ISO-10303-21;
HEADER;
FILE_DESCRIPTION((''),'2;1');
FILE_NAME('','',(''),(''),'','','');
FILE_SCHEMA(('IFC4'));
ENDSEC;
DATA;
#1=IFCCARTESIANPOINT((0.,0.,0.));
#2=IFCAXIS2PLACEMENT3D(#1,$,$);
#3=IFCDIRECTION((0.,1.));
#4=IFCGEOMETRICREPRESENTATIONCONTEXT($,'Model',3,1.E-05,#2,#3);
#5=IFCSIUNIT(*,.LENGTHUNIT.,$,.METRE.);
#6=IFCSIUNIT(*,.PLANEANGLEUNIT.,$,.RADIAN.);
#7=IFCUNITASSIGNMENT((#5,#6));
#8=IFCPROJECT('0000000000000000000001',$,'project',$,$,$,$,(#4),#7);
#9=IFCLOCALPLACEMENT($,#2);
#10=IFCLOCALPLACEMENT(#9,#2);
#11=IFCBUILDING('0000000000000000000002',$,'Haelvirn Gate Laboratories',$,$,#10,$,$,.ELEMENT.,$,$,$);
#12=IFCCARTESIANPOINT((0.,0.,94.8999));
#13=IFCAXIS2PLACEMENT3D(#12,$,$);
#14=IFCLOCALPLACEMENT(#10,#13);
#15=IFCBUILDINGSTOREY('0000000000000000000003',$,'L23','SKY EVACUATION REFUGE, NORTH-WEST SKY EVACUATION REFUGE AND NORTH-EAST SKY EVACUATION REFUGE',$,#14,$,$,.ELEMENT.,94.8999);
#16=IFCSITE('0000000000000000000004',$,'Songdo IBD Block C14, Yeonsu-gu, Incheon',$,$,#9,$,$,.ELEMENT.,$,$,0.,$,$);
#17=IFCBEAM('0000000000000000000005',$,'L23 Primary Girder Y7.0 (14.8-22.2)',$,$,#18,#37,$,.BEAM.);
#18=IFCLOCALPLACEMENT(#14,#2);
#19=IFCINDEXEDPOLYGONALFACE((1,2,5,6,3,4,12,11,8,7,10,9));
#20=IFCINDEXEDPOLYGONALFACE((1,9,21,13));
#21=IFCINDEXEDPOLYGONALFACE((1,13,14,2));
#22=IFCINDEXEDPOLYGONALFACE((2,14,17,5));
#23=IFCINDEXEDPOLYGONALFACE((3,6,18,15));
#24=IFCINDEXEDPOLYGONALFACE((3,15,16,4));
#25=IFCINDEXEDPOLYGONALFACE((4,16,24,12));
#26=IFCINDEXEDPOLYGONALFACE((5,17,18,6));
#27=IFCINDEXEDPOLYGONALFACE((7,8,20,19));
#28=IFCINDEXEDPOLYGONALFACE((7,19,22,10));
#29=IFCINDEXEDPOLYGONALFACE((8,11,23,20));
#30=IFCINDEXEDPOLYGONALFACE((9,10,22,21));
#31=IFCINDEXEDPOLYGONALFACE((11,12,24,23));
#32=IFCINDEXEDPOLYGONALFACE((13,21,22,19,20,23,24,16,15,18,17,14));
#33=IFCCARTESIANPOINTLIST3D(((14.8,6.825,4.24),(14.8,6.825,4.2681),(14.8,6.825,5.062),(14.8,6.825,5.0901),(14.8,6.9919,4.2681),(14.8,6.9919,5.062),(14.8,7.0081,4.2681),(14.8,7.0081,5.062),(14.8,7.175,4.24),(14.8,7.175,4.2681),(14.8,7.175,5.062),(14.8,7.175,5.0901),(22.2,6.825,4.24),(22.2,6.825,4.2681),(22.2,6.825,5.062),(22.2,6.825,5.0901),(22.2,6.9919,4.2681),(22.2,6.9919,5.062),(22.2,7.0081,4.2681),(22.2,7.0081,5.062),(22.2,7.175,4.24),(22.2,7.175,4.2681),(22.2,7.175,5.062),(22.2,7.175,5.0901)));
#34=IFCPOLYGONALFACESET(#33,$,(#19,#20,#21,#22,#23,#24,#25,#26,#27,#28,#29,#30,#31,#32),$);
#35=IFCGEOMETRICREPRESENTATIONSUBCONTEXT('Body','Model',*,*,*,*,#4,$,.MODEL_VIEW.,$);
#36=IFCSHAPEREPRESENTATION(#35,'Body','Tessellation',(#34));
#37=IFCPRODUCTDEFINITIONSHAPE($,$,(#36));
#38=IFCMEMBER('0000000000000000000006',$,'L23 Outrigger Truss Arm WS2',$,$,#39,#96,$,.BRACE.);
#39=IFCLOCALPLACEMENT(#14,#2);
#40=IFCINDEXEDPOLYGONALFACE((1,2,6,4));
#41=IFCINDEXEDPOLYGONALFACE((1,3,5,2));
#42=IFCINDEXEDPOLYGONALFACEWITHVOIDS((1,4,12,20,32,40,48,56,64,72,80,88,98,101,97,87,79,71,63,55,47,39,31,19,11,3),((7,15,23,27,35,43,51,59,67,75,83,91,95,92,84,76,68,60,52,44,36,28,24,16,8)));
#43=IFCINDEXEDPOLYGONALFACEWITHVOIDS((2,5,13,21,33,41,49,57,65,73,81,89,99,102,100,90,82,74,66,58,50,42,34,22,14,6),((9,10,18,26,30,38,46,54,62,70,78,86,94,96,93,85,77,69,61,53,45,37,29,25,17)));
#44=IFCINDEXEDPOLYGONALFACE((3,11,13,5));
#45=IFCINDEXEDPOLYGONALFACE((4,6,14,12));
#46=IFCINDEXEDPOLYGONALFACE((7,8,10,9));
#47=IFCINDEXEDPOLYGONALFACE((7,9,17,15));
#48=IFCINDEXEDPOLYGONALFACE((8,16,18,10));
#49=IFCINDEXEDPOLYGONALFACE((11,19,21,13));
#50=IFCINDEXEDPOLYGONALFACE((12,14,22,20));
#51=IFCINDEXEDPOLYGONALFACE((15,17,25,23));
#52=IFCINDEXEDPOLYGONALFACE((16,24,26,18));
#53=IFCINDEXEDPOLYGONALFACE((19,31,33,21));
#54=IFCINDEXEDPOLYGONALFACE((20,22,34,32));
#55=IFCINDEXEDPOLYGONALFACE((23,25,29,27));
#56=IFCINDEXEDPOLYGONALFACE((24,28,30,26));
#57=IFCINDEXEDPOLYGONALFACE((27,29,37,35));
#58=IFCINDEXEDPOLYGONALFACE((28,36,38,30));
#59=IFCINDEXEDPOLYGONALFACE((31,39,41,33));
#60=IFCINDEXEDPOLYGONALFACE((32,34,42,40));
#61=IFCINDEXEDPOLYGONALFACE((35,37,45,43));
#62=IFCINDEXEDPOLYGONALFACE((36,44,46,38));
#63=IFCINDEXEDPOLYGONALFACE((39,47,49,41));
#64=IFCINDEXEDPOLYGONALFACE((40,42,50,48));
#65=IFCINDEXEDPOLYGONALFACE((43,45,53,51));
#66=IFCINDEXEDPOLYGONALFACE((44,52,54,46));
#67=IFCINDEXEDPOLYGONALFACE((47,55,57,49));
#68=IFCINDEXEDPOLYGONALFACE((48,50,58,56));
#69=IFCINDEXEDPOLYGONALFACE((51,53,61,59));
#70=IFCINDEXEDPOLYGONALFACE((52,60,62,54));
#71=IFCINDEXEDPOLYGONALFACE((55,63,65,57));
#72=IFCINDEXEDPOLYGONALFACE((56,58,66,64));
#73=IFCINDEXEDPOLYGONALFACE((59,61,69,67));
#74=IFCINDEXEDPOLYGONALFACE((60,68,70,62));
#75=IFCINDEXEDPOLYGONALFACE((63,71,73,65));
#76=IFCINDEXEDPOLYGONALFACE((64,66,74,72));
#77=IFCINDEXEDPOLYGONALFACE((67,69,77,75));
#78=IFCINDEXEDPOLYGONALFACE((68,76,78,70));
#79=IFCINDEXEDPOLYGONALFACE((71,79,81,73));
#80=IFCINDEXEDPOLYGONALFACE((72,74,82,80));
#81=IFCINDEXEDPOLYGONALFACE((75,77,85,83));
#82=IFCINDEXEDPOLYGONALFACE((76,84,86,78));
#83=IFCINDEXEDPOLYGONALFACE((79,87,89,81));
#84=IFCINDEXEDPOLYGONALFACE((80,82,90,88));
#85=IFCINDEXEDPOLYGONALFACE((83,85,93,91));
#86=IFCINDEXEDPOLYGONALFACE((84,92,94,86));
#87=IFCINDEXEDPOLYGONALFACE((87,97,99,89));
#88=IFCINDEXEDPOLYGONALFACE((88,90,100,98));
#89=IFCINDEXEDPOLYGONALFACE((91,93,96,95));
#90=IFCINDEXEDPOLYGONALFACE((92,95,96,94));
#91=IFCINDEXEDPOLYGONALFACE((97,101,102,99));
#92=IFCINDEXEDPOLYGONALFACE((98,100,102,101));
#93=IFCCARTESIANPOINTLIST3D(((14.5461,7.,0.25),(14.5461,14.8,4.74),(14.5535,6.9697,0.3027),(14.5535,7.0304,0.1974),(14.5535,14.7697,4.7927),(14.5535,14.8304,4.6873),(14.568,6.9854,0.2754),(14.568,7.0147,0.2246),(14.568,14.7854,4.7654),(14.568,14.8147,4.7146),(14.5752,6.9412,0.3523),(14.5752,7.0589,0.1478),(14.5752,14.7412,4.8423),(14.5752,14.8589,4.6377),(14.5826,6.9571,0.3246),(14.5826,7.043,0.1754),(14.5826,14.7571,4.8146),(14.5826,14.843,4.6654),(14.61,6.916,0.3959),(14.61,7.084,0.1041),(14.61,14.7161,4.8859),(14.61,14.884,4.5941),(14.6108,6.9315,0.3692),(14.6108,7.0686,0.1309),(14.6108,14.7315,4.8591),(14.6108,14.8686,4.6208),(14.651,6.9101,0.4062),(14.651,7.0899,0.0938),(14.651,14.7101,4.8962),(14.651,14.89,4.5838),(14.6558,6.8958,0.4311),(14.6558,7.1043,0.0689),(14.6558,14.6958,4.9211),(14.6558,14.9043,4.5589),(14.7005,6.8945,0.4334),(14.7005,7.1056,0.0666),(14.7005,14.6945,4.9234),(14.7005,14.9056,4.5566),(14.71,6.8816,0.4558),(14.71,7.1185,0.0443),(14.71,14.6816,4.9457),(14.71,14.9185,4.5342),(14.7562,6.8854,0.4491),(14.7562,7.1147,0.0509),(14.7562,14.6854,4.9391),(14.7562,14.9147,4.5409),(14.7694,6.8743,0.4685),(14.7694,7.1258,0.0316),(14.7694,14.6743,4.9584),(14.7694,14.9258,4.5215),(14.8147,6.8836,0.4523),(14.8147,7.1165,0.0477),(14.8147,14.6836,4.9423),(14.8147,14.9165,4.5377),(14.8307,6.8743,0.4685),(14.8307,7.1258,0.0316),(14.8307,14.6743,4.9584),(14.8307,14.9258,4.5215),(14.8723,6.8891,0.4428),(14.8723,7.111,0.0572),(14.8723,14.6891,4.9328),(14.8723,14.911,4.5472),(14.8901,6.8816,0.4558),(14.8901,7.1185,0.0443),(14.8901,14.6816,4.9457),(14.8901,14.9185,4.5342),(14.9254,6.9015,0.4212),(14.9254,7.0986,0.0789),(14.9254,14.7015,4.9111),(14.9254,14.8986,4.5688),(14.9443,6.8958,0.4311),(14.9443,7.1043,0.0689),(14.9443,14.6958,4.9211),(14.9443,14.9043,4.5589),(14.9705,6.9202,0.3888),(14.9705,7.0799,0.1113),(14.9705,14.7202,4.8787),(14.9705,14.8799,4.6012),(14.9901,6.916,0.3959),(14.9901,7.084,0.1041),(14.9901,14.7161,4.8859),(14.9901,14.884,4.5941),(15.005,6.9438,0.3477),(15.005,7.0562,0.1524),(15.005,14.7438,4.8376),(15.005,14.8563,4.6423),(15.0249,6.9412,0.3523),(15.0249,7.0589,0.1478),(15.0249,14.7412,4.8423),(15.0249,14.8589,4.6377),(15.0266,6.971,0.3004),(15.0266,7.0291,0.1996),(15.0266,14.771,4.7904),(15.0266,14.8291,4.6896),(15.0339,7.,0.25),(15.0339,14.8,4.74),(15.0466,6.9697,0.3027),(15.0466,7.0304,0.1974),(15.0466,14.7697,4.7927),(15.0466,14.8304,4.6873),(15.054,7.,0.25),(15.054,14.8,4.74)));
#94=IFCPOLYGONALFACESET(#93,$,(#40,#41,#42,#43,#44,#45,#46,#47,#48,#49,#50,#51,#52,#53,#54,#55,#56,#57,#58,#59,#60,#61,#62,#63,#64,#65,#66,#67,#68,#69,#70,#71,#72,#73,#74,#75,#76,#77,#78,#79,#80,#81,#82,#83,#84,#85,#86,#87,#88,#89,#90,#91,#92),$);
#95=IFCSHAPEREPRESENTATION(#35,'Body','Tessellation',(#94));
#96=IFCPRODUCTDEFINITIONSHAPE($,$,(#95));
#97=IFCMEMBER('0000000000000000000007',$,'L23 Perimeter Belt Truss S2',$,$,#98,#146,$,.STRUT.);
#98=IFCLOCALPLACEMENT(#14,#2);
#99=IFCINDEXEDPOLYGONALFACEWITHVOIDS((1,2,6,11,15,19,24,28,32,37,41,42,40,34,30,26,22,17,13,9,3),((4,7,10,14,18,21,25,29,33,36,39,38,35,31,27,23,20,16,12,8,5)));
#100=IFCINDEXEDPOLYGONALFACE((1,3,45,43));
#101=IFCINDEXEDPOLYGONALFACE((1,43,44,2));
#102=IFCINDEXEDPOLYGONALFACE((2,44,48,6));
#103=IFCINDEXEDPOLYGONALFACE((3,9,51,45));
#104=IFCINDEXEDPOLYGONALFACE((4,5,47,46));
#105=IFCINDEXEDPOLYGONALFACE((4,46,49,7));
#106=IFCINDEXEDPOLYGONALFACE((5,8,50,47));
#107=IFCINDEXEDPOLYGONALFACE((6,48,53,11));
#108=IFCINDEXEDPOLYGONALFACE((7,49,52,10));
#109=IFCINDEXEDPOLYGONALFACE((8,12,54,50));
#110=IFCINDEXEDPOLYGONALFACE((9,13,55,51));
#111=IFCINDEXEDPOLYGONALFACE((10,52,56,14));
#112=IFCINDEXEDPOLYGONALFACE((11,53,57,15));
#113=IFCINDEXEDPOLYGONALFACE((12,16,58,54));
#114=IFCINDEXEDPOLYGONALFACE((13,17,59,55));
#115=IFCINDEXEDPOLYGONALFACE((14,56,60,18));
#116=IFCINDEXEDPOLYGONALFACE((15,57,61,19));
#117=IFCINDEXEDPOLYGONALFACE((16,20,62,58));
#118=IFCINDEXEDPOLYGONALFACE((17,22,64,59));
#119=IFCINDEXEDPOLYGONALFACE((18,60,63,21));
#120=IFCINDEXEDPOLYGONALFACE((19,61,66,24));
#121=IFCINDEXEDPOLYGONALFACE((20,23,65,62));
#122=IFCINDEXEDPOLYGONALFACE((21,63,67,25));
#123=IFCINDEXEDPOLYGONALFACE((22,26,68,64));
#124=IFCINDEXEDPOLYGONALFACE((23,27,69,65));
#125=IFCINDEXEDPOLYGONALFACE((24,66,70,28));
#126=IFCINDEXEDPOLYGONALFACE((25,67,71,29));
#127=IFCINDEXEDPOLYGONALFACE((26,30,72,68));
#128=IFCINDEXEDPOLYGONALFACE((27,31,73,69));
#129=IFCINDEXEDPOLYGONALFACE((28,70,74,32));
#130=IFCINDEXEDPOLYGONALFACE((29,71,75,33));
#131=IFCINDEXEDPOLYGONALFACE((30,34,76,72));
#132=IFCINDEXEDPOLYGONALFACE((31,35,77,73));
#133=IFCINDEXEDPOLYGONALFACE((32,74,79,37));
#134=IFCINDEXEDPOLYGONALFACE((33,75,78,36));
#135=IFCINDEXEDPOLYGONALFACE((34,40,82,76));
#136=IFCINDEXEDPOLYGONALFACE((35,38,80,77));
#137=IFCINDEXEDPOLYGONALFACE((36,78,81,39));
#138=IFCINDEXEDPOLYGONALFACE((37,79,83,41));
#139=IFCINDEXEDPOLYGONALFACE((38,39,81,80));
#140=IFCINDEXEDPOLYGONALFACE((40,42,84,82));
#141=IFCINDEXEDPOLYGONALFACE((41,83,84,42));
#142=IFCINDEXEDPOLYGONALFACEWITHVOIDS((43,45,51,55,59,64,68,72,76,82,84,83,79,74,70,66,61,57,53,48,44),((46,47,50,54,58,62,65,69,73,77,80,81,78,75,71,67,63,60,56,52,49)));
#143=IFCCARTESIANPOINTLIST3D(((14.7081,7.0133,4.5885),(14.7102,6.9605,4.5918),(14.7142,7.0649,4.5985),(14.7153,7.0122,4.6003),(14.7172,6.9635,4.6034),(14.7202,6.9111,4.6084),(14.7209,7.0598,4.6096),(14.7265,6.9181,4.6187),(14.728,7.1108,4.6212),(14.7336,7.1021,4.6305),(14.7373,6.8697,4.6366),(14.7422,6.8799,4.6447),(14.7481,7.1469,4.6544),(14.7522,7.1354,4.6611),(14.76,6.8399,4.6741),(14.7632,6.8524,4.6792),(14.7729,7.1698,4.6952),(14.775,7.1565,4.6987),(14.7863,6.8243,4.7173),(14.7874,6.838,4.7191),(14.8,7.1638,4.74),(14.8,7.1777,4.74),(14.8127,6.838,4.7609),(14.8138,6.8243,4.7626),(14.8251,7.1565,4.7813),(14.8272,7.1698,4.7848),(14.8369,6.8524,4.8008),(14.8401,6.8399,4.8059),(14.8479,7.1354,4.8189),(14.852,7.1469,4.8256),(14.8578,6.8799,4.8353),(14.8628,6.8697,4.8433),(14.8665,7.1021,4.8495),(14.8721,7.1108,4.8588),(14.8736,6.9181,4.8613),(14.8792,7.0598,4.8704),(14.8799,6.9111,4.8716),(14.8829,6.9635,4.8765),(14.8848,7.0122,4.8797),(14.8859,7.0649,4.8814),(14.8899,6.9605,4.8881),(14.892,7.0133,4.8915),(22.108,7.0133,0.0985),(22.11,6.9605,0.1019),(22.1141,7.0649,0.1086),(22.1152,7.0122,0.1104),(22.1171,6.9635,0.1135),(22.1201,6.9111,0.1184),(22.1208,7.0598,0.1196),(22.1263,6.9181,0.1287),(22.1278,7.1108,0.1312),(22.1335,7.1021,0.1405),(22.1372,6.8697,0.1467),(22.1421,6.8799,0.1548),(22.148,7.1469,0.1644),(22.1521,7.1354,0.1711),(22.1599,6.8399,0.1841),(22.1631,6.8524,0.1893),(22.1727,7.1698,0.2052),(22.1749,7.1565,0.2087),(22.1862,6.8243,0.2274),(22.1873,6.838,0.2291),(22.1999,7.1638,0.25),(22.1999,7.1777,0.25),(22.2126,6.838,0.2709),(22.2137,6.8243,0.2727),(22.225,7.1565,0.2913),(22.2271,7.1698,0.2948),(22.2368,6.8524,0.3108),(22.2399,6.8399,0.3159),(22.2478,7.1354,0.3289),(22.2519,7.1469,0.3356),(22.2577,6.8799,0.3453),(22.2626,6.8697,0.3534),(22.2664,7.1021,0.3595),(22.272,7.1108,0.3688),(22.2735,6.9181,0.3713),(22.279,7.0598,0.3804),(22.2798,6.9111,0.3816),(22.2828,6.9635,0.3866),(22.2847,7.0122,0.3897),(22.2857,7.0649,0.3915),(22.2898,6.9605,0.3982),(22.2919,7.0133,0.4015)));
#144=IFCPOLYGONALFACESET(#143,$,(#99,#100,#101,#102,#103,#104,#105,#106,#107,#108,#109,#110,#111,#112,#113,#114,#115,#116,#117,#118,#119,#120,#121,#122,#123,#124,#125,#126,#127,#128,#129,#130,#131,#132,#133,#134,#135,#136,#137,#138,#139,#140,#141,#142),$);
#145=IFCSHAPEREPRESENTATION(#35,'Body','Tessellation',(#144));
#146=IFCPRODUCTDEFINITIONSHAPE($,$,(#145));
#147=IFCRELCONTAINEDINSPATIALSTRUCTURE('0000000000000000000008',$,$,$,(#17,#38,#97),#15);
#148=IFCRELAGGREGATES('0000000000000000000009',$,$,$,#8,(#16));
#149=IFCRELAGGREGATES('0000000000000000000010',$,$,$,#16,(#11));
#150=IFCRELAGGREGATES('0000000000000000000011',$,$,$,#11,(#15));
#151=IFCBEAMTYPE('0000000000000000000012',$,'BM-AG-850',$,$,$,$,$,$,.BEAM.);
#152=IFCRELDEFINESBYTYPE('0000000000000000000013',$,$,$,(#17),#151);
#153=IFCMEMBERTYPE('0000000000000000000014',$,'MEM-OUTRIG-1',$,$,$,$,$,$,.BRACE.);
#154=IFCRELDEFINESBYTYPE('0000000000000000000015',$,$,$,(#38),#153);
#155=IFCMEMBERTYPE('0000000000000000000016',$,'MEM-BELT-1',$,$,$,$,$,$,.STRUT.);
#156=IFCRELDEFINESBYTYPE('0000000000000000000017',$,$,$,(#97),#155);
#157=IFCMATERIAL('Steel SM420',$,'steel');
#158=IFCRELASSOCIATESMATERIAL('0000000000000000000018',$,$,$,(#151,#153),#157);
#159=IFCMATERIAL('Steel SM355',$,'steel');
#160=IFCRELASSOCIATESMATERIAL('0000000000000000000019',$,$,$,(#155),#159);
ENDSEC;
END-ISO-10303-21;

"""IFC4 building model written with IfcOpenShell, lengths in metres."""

from ifc_helpers import new_model, si_unit, direction, frame, origin, origin_2d, place, context, subcontext, project, spatial, hollow_circle, i_section, extrude, source, transform, mapped, material, material_profile, profile_set, type_object, type_shapes, element, save


model = new_model("IFC4")

# Units and contexts
model_context = context("Model", 3, precision=1e-05, world=origin(), true_north=direction((0.0, 1.0)))
body_context = subcontext(model_context, "Body", "Model", "MODEL_VIEW")
ifc_project = project(units=[si_unit("LENGTHUNIT", "METRE"), si_unit("PLANEANGLEUNIT", "RADIAN")], contexts=[model_context])

# Site, building, storey
site_placement = place(None, origin())
site = spatial("IfcSite", under=ifc_project, at=site_placement, Name="Songdo IBD Block C14, Yeonsu-gu, Incheon", CompositionType="ELEMENT", RefElevation=0.0)
building_placement = place(site_placement, origin())
building = spatial("IfcBuilding", under=site, at=building_placement, Name="Haelvirn Gate Laboratories", CompositionType="ELEMENT")
storey_placement = place(building_placement, frame((0.0, 0.0, 94.8999)))
storey = spatial("IfcBuildingStorey", under=building, at=storey_placement, Name="L23", Description="SKY EVACUATION REFUGE, NORTH-WEST SKY EVACUATION REFUGE AND NORTH-EAST SKY EVACUATION REFUGE", CompositionType="ELEMENT", Elevation=94.8999)

# Beam
ifc_material_1 = material(Name="Steel SM355", Category="steel")
ifc_material_2 = material(Name="Steel SM420", Category="steel")
ifc_material_profile_1 = material_profile(ifc_material_2, i_section(OverallWidth=0.3501, OverallDepth=0.8501, WebThickness=0.0161, FlangeThickness=0.0281, at=origin_2d()), Name="H-850x350x16x28")
ifc_profile_set_1 = profile_set([ifc_material_profile_1], Name="Steel SM420")
beam_type_1 = type_object("IfcBeamType", Name="BM-AG-850", PredefinedType="BEAM", material=ifc_profile_set_1)
shared_shape_1 = source(origin(), body_context, "Body", "SweptSolid", [
    extrude(i_section(OverallWidth=0.3501, OverallDepth=0.8501, WebThickness=0.0161, FlangeThickness=0.0281, at=origin_2d()), origin(), (0.0, 0.0, 1.0), 7.3999),
])
type_shapes(beam_type_1, [shared_shape_1])
beam_1_placement = place(storey_placement, frame((14.8, 7.0, 4.665), z_axis=(1.0, 0.0, 0.0), x_axis=(0.0, 1.0, 0.0)))
element("IfcBeam", 1, at=beam_1_placement, inside=storey, type_object=beam_type_1, Name="L23 Primary Girder Y7.0 (14.8-22.2)", PredefinedType="BEAM", context=body_context, shape_type="MappedRepresentation", body=[
    mapped(shared_shape_1, transform((0.0, 0.0, 0.0), scale=1.0)),
])

# Members
ifc_material_profile_2 = material_profile(ifc_material_2, hollow_circle(Radius=0.2539, WallThickness=0.02, at=origin_2d()), Name="CHS-508x20")
ifc_profile_set_2 = profile_set([ifc_material_profile_2], Name="Steel SM420")
member_type_1 = type_object("IfcMemberType", Name="MEM-OUTRIG-1", PredefinedType="BRACE", material=ifc_profile_set_2)
shared_shape_2 = source(origin(), body_context, "Body", "SweptSolid", [
    extrude(hollow_circle(Radius=0.2539, WallThickness=0.02, at=origin_2d()), origin(), (0.0, 0.0, 1.0), 9.0),
])
type_shapes(member_type_1, [shared_shape_2])
member_1_placement = place(storey_placement, frame((14.8, 14.8, 4.74), z_axis=(0.0, -0.866668, -0.498885), x_axis=(1.0, 0.0, 0.0)))
element("IfcMember", 2, at=member_1_placement, inside=storey, type_object=member_type_1, Name="L23 Outrigger Truss Arm WS2", PredefinedType="BRACE", context=body_context, shape_type="MappedRepresentation", body=[
    mapped(shared_shape_2, transform((0.0, 0.0, 0.0), scale=1.0)),
])
ifc_material_profile_3 = material_profile(ifc_material_1, hollow_circle(Radius=0.1777, WallThickness=0.0139, at=origin_2d()), Name="CHS-355x14")
ifc_profile_set_3 = profile_set([ifc_material_profile_3], Name="Steel SM355")
member_type_2 = type_object("IfcMemberType", Name="MEM-BELT-1", PredefinedType="STRUT", material=ifc_profile_set_3)
shared_shape_3 = source(origin(), body_context, "Body", "SweptSolid", [
    extrude(hollow_circle(Radius=0.1777, WallThickness=0.0139, at=origin_2d()), origin(), (0.0, 0.0, 1.0), 8.6555),
])
member_2_placement = place(storey_placement, frame((14.8, 7.0, 4.74), z_axis=(0.854931, 0.0, -0.518741), x_axis=(0.0, 1.0, 0.0)))
element("IfcMember", 3, at=member_2_placement, inside=storey, type_object=member_type_2, Name="L23 Perimeter Belt Truss S2", PredefinedType="STRUT", context=body_context, shape_type="MappedRepresentation", body=[
    mapped(shared_shape_3, transform((0.0, 0.0, 0.0), scale=1.0)),
])

save(model, "model.ifc")
